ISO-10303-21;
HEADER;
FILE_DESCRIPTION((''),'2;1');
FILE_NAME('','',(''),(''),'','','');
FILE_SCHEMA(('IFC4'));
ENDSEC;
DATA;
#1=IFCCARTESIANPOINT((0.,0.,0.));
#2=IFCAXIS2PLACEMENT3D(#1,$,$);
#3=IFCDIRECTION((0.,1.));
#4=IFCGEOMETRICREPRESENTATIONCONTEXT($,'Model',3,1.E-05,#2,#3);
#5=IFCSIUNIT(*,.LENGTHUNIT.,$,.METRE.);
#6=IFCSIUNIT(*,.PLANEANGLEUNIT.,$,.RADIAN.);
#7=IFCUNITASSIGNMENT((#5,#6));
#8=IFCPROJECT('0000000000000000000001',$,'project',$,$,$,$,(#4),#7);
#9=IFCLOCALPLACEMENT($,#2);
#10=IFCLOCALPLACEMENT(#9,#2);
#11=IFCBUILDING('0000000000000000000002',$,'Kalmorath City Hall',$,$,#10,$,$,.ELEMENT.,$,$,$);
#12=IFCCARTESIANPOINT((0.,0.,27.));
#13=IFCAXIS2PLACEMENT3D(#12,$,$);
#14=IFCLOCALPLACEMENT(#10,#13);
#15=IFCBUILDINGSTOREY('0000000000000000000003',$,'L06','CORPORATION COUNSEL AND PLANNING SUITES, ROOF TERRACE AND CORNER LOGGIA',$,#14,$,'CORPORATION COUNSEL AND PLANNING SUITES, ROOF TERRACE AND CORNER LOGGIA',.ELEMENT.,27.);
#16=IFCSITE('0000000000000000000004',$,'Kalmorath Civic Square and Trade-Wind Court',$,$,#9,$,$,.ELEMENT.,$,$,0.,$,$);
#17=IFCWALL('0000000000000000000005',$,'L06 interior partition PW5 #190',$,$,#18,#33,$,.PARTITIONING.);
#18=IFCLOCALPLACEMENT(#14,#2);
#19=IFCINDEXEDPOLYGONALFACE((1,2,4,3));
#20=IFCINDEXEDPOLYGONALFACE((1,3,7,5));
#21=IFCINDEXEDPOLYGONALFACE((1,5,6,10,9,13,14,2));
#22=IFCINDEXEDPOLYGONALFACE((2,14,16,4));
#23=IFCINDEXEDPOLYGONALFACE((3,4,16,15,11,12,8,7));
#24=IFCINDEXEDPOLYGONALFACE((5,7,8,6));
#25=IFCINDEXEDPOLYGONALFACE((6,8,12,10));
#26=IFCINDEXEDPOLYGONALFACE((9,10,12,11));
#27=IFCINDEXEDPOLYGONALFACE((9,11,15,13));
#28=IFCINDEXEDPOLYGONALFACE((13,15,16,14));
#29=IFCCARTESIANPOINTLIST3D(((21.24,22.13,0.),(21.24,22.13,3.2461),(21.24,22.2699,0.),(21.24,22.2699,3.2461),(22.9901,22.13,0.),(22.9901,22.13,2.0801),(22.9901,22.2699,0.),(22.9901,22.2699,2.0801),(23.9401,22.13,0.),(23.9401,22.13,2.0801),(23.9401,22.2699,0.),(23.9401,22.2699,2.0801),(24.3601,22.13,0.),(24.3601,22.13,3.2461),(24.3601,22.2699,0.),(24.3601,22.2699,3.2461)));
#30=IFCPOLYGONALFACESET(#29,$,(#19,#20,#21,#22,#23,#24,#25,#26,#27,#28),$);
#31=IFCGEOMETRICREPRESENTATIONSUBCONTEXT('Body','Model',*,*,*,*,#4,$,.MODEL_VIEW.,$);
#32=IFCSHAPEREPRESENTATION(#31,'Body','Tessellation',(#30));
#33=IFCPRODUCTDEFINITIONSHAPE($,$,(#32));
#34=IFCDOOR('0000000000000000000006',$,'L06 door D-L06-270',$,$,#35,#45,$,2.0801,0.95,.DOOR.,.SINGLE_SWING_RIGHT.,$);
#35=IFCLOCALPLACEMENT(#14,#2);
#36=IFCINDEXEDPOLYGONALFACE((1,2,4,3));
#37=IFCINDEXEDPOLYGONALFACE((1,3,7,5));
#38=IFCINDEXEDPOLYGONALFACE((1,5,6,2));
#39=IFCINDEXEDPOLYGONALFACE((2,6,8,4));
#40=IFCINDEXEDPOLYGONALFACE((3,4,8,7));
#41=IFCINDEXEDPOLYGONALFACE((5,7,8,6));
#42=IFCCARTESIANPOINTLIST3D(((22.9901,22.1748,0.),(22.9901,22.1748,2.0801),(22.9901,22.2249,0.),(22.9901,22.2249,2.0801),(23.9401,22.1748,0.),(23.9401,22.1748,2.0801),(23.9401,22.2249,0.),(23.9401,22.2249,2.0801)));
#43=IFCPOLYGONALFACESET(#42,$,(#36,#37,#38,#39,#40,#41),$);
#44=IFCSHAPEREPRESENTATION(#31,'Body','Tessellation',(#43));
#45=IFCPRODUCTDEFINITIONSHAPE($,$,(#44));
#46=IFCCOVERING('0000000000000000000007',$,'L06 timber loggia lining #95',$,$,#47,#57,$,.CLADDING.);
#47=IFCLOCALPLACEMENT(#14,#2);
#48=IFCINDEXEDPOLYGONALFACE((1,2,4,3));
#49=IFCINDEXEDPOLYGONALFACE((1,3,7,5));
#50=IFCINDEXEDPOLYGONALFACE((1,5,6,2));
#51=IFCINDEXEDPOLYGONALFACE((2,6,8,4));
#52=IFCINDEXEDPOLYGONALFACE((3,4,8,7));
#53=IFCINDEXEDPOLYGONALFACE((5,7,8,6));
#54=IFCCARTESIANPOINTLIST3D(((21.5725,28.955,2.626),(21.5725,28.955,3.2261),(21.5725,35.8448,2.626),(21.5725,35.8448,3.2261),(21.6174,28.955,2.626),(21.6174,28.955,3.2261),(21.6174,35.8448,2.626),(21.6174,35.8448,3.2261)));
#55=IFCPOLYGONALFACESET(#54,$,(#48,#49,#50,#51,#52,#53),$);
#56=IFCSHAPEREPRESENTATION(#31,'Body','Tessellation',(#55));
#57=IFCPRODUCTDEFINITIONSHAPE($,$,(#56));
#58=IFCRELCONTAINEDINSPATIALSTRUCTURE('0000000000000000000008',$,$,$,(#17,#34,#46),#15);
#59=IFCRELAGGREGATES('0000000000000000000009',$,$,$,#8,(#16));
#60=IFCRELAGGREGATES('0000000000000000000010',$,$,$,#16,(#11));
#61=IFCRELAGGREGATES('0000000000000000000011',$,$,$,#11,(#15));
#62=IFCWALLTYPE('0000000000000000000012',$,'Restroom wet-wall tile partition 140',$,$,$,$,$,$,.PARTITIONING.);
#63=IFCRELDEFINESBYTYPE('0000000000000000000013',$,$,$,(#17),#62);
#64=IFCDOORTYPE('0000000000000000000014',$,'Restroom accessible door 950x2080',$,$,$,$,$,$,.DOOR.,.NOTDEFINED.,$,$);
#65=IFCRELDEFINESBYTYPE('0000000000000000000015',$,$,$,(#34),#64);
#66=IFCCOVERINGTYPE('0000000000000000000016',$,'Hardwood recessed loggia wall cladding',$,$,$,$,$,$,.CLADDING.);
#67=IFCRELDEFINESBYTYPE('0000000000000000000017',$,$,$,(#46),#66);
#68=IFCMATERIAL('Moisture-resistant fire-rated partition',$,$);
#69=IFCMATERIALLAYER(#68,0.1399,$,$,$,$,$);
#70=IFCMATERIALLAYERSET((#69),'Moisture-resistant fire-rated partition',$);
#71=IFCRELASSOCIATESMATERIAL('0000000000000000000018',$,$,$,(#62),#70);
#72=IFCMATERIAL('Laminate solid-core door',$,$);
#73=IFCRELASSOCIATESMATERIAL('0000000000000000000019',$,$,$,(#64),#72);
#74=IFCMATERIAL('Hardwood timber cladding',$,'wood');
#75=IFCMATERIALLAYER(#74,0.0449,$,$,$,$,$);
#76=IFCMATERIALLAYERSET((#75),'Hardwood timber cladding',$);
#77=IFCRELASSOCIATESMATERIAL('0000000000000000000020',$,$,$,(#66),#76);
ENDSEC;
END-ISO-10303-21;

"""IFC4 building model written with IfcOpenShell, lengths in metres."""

from ifc_helpers import new_model, si_unit, direction, frame, frame_2d, origin, origin_2d, place, context, subcontext, project, spatial, rectangle, extrude, material, layer, layer_set, type_object, element, fill, save


model = new_model("IFC4")

# Units and contexts
model_context = context("Model", 3, precision=1e-05, world=origin(), true_north=direction((0.0, 1.0)))
body_context = subcontext(model_context, "Body", "Model", "MODEL_VIEW")
ifc_project = project(units=[si_unit("LENGTHUNIT", "METRE"), si_unit("PLANEANGLEUNIT", "RADIAN")], contexts=[model_context])

# Site, building, storey
site_placement = place(None, origin())
site = spatial("IfcSite", under=ifc_project, at=site_placement, Name="Kalmorath Civic Square and Trade-Wind Court", CompositionType="ELEMENT", RefElevation=0.0)
building_placement = place(site_placement, origin())
building = spatial("IfcBuilding", under=site, at=building_placement, Name="Kalmorath City Hall", CompositionType="ELEMENT")
storey_placement = place(building_placement, frame((0.0, 0.0, 27.0)))
storey = spatial("IfcBuildingStorey", under=building, at=storey_placement, Name="L06", Description="CORPORATION COUNSEL AND PLANNING SUITES, ROOF TERRACE AND CORNER LOGGIA", LongName="CORPORATION COUNSEL AND PLANNING SUITES, ROOF TERRACE AND CORNER LOGGIA", CompositionType="ELEMENT", Elevation=27.0)

# Wall, opening, door
ifc_material_1 = material(Name="Moisture-resistant fire-rated partition")
ifc_layer_1 = layer(ifc_material_1, 0.1399)
ifc_layer_set_1 = layer_set([ifc_layer_1], Name="Moisture-resistant fire-rated partition")
wall_type_1 = type_object("IfcWallType", Name="Restroom wet-wall tile partition 140", PredefinedType="PARTITIONING", material=ifc_layer_set_1)
ifc_material_2 = material(Name="Laminate solid-core door")
door_type_1 = type_object("IfcDoorType", Name="Restroom accessible door 950x2080", OperationType="NOTDEFINED", PredefinedType="DOOR", material=ifc_material_2)
wall_1_placement = place(storey_placement, frame((21.24, 22.2, 0.0), z_axis=(0.0, 0.0, 1.0), x_axis=(1.0, 0.0, 0.0)))
wall_1 = element("IfcWall", 1, at=wall_1_placement, inside=storey, type_object=wall_type_1, Name="L06 interior partition PW5 #190", PredefinedType="PARTITIONING", context=body_context, shape_type="SweptSolid", body=[
    extrude(rectangle(XDim=3.1201, YDim=0.1399, at=frame_2d((1.5601, 0.0))), origin(), (0.0, 0.0, 1.0), 3.2461),
])
opening_1_placement = place(wall_1_placement, frame((1.75, 0.0, 0.0)))
opening_1 = element("IfcOpeningElement", 2, at=opening_1_placement, cuts=wall_1, PredefinedType="OPENING", context=body_context, shape_type="SweptSolid", body=[
    extrude(rectangle(XDim=0.95, YDim=2.0801, at=frame_2d((0.4751, 1.04))), frame((0.0, 0.0798, 0.0), z_axis=(0.0, -1.0, 0.0), x_axis=(1.0, 0.0, 0.0)), (0.0, 0.0, 1.0), 0.1599),
])
door_1_placement = place(opening_1_placement, origin())
door_1 = element("IfcDoor", 3, at=door_1_placement, inside=storey, type_object=door_type_1, Name="L06 door D-L06-270", OperationType="SINGLE_SWING_RIGHT", OverallHeight=2.0801, OverallWidth=0.95, PredefinedType="DOOR", context=body_context, shape_type="SweptSolid", body=[
    extrude(rectangle(XDim=0.95, YDim=2.0801, at=frame_2d((0.4751, 1.04))), frame((0.0, 0.0249, 0.0), z_axis=(0.0, -1.0, 0.0), x_axis=(1.0, 0.0, 0.0)), (0.0, 0.0, 1.0), 0.05),
])
fill(opening_1, door_1)

# Covering
ifc_material_3 = material(Name="Hardwood timber cladding", Category="wood")
ifc_layer_2 = layer(ifc_material_3, 0.0449)
ifc_layer_set_2 = layer_set([ifc_layer_2], Name="Hardwood timber cladding")
covering_type = type_object("IfcCoveringType", Name="Hardwood recessed loggia wall cladding", PredefinedType="CLADDING", material=ifc_layer_set_2)
covering_placement = place(storey_placement, frame((21.595, 32.3999, 2.626), z_axis=(0.0, 0.0, 1.0), x_axis=(0.0, 1.0, 0.0)))
element("IfcCovering", 4, at=covering_placement, inside=storey, type_object=covering_type, Name="L06 timber loggia lining #95", PredefinedType="CLADDING", context=body_context, shape_type="SweptSolid", body=[
    extrude(rectangle(XDim=6.8899, YDim=0.0449, at=origin_2d()), origin(), (0.0, 0.0, 1.0), 0.6001),
])

save(model, "model.ifc")
